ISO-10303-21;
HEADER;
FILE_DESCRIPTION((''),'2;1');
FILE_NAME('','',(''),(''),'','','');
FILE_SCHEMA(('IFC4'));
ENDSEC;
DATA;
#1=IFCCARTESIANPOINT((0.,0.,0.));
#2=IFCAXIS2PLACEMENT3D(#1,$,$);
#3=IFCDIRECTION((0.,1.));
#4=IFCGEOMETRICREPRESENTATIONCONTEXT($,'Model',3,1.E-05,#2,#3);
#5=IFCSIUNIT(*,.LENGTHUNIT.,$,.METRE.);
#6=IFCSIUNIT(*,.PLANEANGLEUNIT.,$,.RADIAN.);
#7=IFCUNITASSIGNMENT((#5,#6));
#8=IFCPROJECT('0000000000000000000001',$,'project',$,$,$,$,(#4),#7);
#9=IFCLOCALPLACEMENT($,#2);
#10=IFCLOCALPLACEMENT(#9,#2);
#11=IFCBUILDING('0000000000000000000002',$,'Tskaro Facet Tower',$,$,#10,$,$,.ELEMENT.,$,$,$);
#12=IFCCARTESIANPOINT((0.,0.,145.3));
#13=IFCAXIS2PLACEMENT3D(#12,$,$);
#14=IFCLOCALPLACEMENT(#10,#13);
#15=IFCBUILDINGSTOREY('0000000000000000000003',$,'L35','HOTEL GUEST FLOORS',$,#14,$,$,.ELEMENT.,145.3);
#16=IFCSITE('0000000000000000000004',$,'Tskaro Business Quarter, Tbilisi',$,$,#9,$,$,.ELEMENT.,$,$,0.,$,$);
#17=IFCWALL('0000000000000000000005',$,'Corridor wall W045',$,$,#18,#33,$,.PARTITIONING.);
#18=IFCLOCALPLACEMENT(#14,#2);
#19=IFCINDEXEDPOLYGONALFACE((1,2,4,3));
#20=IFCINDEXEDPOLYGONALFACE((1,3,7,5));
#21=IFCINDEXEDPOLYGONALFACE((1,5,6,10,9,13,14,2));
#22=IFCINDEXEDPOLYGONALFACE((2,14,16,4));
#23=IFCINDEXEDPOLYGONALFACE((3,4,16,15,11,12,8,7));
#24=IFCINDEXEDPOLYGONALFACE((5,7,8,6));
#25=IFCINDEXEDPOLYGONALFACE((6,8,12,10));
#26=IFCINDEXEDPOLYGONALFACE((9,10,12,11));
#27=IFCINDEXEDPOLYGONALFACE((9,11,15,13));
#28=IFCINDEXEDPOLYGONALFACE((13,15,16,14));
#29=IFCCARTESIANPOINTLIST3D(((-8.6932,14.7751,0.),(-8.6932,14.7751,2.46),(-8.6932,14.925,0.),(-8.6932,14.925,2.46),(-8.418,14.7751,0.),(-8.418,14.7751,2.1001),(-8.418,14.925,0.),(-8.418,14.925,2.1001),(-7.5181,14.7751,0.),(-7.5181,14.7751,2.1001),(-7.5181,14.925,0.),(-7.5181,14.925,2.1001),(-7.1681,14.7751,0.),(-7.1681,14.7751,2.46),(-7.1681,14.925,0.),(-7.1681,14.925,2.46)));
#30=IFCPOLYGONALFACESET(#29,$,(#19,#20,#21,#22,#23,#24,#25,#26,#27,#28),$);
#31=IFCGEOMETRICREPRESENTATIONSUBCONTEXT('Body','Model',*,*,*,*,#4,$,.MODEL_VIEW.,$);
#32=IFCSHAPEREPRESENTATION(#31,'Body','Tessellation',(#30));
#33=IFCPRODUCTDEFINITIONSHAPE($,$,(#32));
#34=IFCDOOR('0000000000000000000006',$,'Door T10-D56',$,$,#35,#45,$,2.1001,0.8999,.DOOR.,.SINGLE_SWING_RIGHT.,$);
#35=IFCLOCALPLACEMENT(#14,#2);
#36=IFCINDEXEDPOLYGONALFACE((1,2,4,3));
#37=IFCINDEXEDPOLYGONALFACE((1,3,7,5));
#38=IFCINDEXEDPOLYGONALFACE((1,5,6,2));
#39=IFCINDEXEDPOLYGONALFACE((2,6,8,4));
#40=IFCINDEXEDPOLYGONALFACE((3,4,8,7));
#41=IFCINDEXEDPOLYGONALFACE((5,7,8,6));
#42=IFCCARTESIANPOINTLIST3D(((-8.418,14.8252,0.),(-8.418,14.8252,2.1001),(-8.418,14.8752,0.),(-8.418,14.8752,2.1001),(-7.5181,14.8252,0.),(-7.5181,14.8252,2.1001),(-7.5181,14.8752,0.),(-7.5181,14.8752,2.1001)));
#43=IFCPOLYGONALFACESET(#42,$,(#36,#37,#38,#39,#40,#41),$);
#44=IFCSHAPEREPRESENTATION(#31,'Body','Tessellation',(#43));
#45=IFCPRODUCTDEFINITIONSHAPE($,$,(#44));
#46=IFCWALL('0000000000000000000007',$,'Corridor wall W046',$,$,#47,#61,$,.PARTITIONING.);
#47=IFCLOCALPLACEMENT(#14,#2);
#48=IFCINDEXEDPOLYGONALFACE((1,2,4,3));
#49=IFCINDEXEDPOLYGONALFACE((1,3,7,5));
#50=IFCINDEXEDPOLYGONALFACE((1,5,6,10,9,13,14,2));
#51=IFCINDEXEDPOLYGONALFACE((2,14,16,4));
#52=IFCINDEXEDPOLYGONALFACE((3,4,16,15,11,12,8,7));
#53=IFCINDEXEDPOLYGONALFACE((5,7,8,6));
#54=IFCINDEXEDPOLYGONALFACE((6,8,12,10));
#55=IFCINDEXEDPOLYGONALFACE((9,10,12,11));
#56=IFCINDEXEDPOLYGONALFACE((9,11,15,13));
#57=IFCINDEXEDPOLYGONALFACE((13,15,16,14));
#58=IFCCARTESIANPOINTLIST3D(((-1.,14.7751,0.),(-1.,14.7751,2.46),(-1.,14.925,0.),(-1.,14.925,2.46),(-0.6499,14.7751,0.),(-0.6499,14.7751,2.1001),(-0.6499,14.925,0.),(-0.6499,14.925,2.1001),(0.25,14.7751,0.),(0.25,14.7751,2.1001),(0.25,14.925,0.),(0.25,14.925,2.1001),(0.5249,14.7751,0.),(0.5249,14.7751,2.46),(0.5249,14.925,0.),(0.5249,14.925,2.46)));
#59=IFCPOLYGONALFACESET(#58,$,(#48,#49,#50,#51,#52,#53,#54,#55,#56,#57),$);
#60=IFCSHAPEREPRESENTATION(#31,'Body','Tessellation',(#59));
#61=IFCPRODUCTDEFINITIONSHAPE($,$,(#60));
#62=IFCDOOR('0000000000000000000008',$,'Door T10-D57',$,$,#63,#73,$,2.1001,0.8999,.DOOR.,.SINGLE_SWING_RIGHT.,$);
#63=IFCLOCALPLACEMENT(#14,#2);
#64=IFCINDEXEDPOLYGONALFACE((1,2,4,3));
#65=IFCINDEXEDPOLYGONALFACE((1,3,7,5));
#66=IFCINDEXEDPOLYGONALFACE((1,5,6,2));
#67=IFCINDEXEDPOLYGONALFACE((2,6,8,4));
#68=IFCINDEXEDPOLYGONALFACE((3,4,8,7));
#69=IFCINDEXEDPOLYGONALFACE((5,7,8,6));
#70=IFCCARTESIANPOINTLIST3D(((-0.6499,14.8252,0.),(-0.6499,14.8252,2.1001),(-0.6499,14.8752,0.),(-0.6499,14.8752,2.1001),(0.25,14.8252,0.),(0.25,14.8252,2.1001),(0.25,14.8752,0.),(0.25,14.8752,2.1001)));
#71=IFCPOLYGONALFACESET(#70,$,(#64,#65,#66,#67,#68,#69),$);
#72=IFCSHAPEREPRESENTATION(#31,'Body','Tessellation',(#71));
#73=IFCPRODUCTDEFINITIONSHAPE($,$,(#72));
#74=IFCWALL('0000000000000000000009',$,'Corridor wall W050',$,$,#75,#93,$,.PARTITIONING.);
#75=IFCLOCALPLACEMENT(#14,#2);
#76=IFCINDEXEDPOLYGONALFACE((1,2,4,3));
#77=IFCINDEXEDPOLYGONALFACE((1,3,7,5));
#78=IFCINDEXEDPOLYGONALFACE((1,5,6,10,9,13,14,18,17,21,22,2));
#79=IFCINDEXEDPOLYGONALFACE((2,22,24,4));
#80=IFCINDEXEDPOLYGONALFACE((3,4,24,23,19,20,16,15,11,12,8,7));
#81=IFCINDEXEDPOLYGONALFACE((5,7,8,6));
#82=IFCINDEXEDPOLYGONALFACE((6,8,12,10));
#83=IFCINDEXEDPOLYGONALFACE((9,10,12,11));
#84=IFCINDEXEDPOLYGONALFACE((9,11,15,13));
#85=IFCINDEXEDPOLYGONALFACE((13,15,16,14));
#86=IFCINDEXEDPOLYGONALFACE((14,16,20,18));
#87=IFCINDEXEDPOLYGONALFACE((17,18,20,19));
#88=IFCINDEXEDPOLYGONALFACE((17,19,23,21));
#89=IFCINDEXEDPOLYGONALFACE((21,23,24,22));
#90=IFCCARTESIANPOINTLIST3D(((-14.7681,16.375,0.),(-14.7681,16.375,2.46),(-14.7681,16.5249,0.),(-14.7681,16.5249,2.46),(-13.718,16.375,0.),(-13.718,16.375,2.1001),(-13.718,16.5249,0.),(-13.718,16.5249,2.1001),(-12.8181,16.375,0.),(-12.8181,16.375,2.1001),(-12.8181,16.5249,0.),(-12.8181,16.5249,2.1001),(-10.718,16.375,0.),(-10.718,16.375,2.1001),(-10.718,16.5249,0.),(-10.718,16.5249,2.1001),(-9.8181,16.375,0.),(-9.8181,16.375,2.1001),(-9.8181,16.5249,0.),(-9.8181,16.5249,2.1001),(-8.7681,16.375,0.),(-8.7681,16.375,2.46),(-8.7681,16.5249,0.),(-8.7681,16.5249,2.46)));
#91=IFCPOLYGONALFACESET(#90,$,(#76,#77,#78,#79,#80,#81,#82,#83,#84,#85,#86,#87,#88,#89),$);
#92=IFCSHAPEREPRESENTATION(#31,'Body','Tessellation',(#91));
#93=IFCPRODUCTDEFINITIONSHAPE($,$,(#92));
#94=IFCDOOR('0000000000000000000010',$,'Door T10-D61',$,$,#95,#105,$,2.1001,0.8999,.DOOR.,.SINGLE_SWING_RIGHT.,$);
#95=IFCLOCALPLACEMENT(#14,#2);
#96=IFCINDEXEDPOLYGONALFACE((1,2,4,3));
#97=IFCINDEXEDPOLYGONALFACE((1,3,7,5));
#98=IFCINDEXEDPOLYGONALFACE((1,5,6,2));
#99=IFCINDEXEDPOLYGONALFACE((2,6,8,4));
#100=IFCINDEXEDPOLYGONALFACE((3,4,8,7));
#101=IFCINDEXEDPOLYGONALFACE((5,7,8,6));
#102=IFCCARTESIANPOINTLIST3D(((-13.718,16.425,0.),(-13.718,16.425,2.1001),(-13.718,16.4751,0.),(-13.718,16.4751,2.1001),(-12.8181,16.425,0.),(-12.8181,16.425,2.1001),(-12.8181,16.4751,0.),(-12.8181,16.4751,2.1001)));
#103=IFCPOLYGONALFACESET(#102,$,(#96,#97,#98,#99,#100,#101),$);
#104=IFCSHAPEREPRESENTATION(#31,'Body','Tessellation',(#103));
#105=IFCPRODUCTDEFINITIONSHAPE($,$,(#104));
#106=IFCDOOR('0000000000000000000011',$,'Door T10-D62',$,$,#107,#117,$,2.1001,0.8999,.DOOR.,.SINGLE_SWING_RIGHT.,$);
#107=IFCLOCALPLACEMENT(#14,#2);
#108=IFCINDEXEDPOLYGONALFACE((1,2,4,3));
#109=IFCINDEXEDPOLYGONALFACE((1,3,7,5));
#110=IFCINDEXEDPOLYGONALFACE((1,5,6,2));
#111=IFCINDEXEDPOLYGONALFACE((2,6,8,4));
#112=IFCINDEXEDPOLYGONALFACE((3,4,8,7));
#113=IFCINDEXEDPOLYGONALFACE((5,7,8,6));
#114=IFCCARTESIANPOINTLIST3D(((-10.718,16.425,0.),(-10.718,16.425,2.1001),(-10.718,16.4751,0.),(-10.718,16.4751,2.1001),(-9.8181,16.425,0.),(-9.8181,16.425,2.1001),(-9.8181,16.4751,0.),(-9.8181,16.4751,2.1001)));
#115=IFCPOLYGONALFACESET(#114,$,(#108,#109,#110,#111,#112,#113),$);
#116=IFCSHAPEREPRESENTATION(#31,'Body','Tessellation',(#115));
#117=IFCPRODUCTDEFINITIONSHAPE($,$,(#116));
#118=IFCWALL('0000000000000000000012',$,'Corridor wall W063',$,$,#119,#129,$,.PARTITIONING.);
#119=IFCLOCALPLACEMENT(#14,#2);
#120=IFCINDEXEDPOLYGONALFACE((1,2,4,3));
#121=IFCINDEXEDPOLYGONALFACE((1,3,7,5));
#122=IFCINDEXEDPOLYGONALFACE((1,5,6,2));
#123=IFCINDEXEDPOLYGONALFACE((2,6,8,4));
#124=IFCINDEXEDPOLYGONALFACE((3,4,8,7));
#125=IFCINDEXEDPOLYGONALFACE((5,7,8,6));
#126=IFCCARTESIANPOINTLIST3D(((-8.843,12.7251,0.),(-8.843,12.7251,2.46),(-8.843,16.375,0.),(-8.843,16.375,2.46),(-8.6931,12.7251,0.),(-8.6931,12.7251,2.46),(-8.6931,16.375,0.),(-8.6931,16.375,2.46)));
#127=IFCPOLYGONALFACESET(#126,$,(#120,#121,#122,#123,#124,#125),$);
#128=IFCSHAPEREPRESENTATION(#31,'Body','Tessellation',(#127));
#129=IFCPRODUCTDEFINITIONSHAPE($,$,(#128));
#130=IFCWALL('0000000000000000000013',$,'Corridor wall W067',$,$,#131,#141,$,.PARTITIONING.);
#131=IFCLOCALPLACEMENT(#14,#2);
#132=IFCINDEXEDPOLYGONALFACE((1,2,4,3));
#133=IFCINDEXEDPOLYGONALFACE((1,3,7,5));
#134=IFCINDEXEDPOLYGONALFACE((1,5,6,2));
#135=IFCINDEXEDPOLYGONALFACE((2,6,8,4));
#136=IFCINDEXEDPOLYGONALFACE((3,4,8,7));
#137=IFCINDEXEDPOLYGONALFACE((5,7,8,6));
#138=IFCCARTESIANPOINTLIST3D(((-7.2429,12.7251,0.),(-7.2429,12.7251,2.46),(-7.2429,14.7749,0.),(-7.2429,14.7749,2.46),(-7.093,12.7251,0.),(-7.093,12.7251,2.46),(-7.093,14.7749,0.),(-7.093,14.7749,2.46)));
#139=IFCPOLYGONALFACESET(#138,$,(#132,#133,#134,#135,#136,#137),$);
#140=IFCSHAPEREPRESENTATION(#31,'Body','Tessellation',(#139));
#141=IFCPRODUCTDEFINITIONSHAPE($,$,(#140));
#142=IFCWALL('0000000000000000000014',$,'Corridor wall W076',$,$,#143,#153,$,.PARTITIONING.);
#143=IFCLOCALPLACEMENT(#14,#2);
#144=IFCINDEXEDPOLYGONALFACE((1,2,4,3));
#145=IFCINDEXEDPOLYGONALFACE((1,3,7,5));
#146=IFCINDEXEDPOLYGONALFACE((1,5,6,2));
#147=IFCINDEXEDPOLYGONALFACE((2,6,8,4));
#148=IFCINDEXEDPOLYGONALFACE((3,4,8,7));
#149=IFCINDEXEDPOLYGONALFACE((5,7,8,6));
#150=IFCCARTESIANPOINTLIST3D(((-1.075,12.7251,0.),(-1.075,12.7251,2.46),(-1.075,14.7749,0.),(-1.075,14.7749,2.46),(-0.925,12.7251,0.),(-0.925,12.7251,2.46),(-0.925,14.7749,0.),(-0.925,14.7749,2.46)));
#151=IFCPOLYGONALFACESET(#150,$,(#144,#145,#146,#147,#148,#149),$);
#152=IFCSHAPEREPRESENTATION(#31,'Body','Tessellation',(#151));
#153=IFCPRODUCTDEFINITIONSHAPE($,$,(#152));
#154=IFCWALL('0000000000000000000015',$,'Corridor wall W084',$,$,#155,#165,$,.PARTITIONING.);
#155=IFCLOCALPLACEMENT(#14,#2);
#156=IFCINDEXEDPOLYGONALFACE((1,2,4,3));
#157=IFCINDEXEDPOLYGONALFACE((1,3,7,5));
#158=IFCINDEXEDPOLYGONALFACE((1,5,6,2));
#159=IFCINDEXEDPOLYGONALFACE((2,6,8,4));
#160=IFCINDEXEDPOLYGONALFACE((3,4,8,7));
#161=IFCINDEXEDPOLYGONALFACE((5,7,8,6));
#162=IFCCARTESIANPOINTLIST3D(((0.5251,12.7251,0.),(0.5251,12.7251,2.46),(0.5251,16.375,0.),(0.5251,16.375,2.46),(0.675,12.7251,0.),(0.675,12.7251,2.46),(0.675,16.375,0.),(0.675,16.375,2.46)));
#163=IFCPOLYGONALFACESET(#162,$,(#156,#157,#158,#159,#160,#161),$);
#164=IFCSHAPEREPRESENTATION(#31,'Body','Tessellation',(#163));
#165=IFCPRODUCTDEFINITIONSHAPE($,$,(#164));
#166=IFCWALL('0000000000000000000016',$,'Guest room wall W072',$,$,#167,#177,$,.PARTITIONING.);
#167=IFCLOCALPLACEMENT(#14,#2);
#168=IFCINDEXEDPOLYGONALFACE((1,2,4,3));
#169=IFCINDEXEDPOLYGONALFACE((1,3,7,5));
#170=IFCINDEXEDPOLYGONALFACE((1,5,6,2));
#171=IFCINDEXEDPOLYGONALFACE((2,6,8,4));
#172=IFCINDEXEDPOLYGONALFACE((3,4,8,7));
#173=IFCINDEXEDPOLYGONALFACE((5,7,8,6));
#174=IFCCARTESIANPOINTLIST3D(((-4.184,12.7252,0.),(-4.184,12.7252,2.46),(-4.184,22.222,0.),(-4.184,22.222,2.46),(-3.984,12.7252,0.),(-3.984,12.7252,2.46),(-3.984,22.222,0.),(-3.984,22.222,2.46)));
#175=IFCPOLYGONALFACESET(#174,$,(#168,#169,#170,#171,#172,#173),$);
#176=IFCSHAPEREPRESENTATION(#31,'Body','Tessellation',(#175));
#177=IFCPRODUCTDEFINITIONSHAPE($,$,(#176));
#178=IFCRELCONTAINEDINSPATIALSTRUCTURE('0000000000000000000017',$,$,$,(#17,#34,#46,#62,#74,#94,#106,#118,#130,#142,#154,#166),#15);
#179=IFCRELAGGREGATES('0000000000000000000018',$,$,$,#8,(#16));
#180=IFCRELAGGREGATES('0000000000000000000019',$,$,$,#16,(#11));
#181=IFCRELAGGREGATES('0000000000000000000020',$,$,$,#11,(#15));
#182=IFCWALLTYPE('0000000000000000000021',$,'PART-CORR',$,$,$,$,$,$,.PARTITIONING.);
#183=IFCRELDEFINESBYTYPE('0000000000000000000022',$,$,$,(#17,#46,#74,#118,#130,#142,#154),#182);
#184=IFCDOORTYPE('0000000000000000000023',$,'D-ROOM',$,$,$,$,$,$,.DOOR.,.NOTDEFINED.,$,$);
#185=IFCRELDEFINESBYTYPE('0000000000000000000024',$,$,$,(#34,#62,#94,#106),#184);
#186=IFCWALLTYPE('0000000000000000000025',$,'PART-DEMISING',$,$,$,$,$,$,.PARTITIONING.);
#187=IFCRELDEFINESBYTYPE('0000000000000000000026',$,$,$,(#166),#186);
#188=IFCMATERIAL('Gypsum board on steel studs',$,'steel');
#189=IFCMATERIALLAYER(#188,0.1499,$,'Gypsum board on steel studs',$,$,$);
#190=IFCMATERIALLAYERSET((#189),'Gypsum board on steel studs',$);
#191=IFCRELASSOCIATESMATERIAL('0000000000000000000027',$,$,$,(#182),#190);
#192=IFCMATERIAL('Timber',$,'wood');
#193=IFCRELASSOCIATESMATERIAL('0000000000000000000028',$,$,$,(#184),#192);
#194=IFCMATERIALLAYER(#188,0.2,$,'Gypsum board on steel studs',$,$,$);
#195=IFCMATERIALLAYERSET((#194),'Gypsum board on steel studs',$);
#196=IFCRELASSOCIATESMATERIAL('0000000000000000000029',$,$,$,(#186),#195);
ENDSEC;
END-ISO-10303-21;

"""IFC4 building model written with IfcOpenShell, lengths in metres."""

from ifc_helpers import new_model, si_unit, direction, frame, frame_2d, origin, place, context, subcontext, project, spatial, rectangle, extrude, material, layer, layer_set, type_object, element, fill, save


model = new_model("IFC4")

# Units and contexts
model_context = context("Model", 3, precision=1e-05, world=origin(), true_north=direction((0.0, 1.0)))
body_context = subcontext(model_context, "Body", "Model", "MODEL_VIEW")
ifc_project = project(units=[si_unit("LENGTHUNIT", "METRE"), si_unit("PLANEANGLEUNIT", "RADIAN")], contexts=[model_context])

# Site, building, storey
site_placement = place(None, origin())
site = spatial("IfcSite", under=ifc_project, at=site_placement, Name="Tskaro Business Quarter, Tbilisi", CompositionType="ELEMENT", RefElevation=0.0)
building_placement = place(site_placement, origin())
building = spatial("IfcBuilding", under=site, at=building_placement, Name="Tskaro Facet Tower", CompositionType="ELEMENT")
storey_placement = place(building_placement, frame((0.0, 0.0, 145.3)))
storey = spatial("IfcBuildingStorey", under=building, at=storey_placement, Name="L35", Description="HOTEL GUEST FLOORS", CompositionType="ELEMENT", Elevation=145.3)

# Walls, openings, doors
ifc_material_1 = material(Name="Gypsum board on steel studs", Category="steel")
ifc_layer_1 = layer(ifc_material_1, 0.1499, Name="Gypsum board on steel studs")
ifc_layer_set_1 = layer_set([ifc_layer_1], Name="Gypsum board on steel studs")
wall_type_1 = type_object("IfcWallType", Name="PART-CORR", PredefinedType="PARTITIONING", material=ifc_layer_set_1)
wall_1_placement = place(storey_placement, frame((-7.168, 14.8501, 0.0), z_axis=(0.0, 0.0, 1.0), x_axis=(-1.0, 0.0, 0.0)))
wall_1 = element("IfcWall", 1, at=wall_1_placement, inside=storey, type_object=wall_type_1, Name="Corridor wall W045", PredefinedType="PARTITIONING", context=body_context, shape_type="SweptSolid", body=[
    extrude(rectangle(XDim=1.5251, YDim=0.1499, at=frame_2d((0.7627, 0.0))), origin(), (0.0, 0.0, 1.0), 2.46),
])
opening_1_placement = place(wall_1_placement, frame((0.3501, 0.0, 0.0)))
opening_1 = element("IfcOpeningElement", 2, at=opening_1_placement, cuts=wall_1, PredefinedType="OPENING", context=body_context, shape_type="SweptSolid", body=[
    extrude(rectangle(XDim=0.8999, YDim=2.1001, at=frame_2d((0.45, 1.05))), frame((0.0, 0.085, 0.0), z_axis=(0.0, -1.0, 0.0), x_axis=(1.0, 0.0, 0.0)), (0.0, 0.0, 1.0), 0.1699),
])
ifc_material_2 = material(Name="Timber", Category="wood")
door_type_1 = type_object("IfcDoorType", Name="D-ROOM", OperationType="NOTDEFINED", PredefinedType="DOOR", material=ifc_material_2)
door_1_placement = place(opening_1_placement, origin())
door_1 = element("IfcDoor", 3, at=door_1_placement, inside=storey, type_object=door_type_1, Name="Door T10-D56", OperationType="SINGLE_SWING_RIGHT", OverallHeight=2.1001, OverallWidth=0.8999, PredefinedType="DOOR", context=body_context, shape_type="SweptSolid", body=[
    extrude(rectangle(XDim=0.8999, YDim=2.1001, at=frame_2d((0.45, 1.05))), frame((0.0, 0.0249, 0.0), z_axis=(0.0, -1.0, 0.0), x_axis=(1.0, 0.0, 0.0)), (0.0, 0.0, 1.0), 0.05),
])
fill(opening_1, door_1)
wall_2_placement = place(storey_placement, frame((0.5249, 14.8501, 0.0), z_axis=(0.0, 0.0, 1.0), x_axis=(-1.0, 0.0, 0.0)))
wall_2 = element("IfcWall", 4, at=wall_2_placement, inside=storey, type_object=wall_type_1, Name="Corridor wall W046", PredefinedType="PARTITIONING", context=body_context, shape_type="SweptSolid", body=[
    extrude(rectangle(XDim=1.5249, YDim=0.1499, at=frame_2d((0.7625, 0.0))), origin(), (0.0, 0.0, 1.0), 2.46),
])
opening_2_placement = place(wall_2_placement, frame((0.2749, 0.0, 0.0)))
opening_2 = element("IfcOpeningElement", 5, at=opening_2_placement, cuts=wall_2, PredefinedType="OPENING", context=body_context, shape_type="SweptSolid", body=[
    extrude(rectangle(XDim=0.8999, YDim=2.1001, at=frame_2d((0.45, 1.05))), frame((0.0, 0.085, 0.0), z_axis=(0.0, -1.0, 0.0), x_axis=(1.0, 0.0, 0.0)), (0.0, 0.0, 1.0), 0.1699),
])
door_2_placement = place(opening_2_placement, origin())
door_2 = element("IfcDoor", 6, at=door_2_placement, inside=storey, type_object=door_type_1, Name="Door T10-D57", OperationType="SINGLE_SWING_RIGHT", OverallHeight=2.1001, OverallWidth=0.8999, PredefinedType="DOOR", context=body_context, shape_type="SweptSolid", body=[
    extrude(rectangle(XDim=0.8999, YDim=2.1001, at=frame_2d((0.45, 1.05))), frame((0.0, 0.0249, 0.0), z_axis=(0.0, -1.0, 0.0), x_axis=(1.0, 0.0, 0.0)), (0.0, 0.0, 1.0), 0.05),
])
fill(opening_2, door_2)

# Wall, openings, doors
wall_3_placement = place(storey_placement, frame((-8.7681, 16.45, 0.0), z_axis=(0.0, 0.0, 1.0), x_axis=(-1.0, 0.0, 0.0)))
wall_3 = element("IfcWall", 7, at=wall_3_placement, inside=storey, type_object=wall_type_1, Name="Corridor wall W050", PredefinedType="PARTITIONING", context=body_context, shape_type="SweptSolid", body=[
    extrude(rectangle(XDim=6.0, YDim=0.1499, at=frame_2d((3.0, 0.0))), origin(), (0.0, 0.0, 1.0), 2.46),
])
opening_3_placement = place(wall_3_placement, frame((4.05, 0.0, 0.0)))
opening_3 = element("IfcOpeningElement", 8, at=opening_3_placement, cuts=wall_3, PredefinedType="OPENING", context=body_context, shape_type="SweptSolid", body=[
    extrude(rectangle(XDim=0.8999, YDim=2.1001, at=frame_2d((0.45, 1.05))), frame((0.0, 0.085, 0.0), z_axis=(0.0, -1.0, 0.0), x_axis=(1.0, 0.0, 0.0)), (0.0, 0.0, 1.0), 0.1699),
])
opening_4_placement = place(wall_3_placement, frame((1.05, 0.0, 0.0)))
opening_4 = element("IfcOpeningElement", 9, at=opening_4_placement, cuts=wall_3, PredefinedType="OPENING", context=body_context, shape_type="SweptSolid", body=[
    extrude(rectangle(XDim=0.8999, YDim=2.1001, at=frame_2d((0.45, 1.05))), frame((0.0, 0.085, 0.0), z_axis=(0.0, -1.0, 0.0), x_axis=(1.0, 0.0, 0.0)), (0.0, 0.0, 1.0), 0.1699),
])
door_3_placement = place(opening_3_placement, origin())
door_3 = element("IfcDoor", 10, at=door_3_placement, inside=storey, type_object=door_type_1, Name="Door T10-D61", OperationType="SINGLE_SWING_RIGHT", OverallHeight=2.1001, OverallWidth=0.8999, PredefinedType="DOOR", context=body_context, shape_type="SweptSolid", body=[
    extrude(rectangle(XDim=0.8999, YDim=2.1001, at=frame_2d((0.45, 1.05))), frame((0.0, 0.0249, 0.0), z_axis=(0.0, -1.0, 0.0), x_axis=(1.0, 0.0, 0.0)), (0.0, 0.0, 1.0), 0.05),
])
fill(opening_3, door_3)
door_4_placement = place(opening_4_placement, origin())
door_4 = element("IfcDoor", 11, at=door_4_placement, inside=storey, type_object=door_type_1, Name="Door T10-D62", OperationType="SINGLE_SWING_RIGHT", OverallHeight=2.1001, OverallWidth=0.8999, PredefinedType="DOOR", context=body_context, shape_type="SweptSolid", body=[
    extrude(rectangle(XDim=0.8999, YDim=2.1001, at=frame_2d((0.45, 1.05))), frame((0.0, 0.0249, 0.0), z_axis=(0.0, -1.0, 0.0), x_axis=(1.0, 0.0, 0.0)), (0.0, 0.0, 1.0), 0.05),
])
fill(opening_4, door_4)

# Walls
wall_4_placement = place(storey_placement, frame((-8.7681, 12.7251, 0.0), z_axis=(0.0, 0.0, 1.0), x_axis=(0.0, 1.0, 0.0)))
element("IfcWall", 12, at=wall_4_placement, inside=storey, type_object=wall_type_1, Name="Corridor wall W063", PredefinedType="PARTITIONING", context=body_context, shape_type="SweptSolid", body=[
    extrude(rectangle(XDim=3.6499, YDim=0.1499, at=frame_2d((1.825, 0.0))), origin(), (0.0, 0.0, 1.0), 2.46),
])
for number, where, z_axis, x_axis, name in (
    (13, (-7.168, 12.7251, 0.0), (0.0, 0.0, 1.0), (0.0, 1.0, 0.0), "Corridor wall W067"),
    (14, (-1.0, 12.7251, 0.0), (0.0, 0.0, 1.0), (0.0, 1.0, 0.0), "Corridor wall W076"),
):
    element("IfcWall", number, at=place(storey_placement, frame(where, z_axis=z_axis, x_axis=x_axis)), inside=storey, type_object=wall_type_1, Name=name, PredefinedType="PARTITIONING", context=body_context, shape_type="SweptSolid", body=[
        extrude(rectangle(XDim=2.0498, YDim=0.1499, at=frame_2d((1.0249, 0.0))), origin(), (0.0, 0.0, 1.0), 2.46),
    ])
wall_5_placement = place(storey_placement, frame((0.6001, 12.7251, 0.0), z_axis=(0.0, 0.0, 1.0), x_axis=(0.0, 1.0, 0.0)))
element("IfcWall", 15, at=wall_5_placement, inside=storey, type_object=wall_type_1, Name="Corridor wall W084", PredefinedType="PARTITIONING", context=body_context, shape_type="SweptSolid", body=[
    extrude(rectangle(XDim=3.6499, YDim=0.1499, at=frame_2d((1.825, 0.0))), origin(), (0.0, 0.0, 1.0), 2.46),
])
ifc_layer_2 = layer(ifc_material_1, 0.2, Name="Gypsum board on steel studs")
ifc_layer_set_2 = layer_set([ifc_layer_2], Name="Gypsum board on steel studs")
wall_type_2 = type_object("IfcWallType", Name="PART-DEMISING", PredefinedType="PARTITIONING", material=ifc_layer_set_2)
wall_6_placement = place(storey_placement, frame((-4.084, 12.7251, 0.0), z_axis=(0.0, 0.0, 1.0), x_axis=(0.0, 1.0, 0.0)))
element("IfcWall", 16, at=wall_6_placement, inside=storey, type_object=wall_type_2, Name="Guest room wall W072", PredefinedType="PARTITIONING", context=body_context, shape_type="SweptSolid", body=[
    extrude(rectangle(XDim=9.4968, YDim=0.2, at=frame_2d((4.7485, 0.0))), origin(), (0.0, 0.0, 1.0), 2.46),
])

save(model, "model.ifc")
